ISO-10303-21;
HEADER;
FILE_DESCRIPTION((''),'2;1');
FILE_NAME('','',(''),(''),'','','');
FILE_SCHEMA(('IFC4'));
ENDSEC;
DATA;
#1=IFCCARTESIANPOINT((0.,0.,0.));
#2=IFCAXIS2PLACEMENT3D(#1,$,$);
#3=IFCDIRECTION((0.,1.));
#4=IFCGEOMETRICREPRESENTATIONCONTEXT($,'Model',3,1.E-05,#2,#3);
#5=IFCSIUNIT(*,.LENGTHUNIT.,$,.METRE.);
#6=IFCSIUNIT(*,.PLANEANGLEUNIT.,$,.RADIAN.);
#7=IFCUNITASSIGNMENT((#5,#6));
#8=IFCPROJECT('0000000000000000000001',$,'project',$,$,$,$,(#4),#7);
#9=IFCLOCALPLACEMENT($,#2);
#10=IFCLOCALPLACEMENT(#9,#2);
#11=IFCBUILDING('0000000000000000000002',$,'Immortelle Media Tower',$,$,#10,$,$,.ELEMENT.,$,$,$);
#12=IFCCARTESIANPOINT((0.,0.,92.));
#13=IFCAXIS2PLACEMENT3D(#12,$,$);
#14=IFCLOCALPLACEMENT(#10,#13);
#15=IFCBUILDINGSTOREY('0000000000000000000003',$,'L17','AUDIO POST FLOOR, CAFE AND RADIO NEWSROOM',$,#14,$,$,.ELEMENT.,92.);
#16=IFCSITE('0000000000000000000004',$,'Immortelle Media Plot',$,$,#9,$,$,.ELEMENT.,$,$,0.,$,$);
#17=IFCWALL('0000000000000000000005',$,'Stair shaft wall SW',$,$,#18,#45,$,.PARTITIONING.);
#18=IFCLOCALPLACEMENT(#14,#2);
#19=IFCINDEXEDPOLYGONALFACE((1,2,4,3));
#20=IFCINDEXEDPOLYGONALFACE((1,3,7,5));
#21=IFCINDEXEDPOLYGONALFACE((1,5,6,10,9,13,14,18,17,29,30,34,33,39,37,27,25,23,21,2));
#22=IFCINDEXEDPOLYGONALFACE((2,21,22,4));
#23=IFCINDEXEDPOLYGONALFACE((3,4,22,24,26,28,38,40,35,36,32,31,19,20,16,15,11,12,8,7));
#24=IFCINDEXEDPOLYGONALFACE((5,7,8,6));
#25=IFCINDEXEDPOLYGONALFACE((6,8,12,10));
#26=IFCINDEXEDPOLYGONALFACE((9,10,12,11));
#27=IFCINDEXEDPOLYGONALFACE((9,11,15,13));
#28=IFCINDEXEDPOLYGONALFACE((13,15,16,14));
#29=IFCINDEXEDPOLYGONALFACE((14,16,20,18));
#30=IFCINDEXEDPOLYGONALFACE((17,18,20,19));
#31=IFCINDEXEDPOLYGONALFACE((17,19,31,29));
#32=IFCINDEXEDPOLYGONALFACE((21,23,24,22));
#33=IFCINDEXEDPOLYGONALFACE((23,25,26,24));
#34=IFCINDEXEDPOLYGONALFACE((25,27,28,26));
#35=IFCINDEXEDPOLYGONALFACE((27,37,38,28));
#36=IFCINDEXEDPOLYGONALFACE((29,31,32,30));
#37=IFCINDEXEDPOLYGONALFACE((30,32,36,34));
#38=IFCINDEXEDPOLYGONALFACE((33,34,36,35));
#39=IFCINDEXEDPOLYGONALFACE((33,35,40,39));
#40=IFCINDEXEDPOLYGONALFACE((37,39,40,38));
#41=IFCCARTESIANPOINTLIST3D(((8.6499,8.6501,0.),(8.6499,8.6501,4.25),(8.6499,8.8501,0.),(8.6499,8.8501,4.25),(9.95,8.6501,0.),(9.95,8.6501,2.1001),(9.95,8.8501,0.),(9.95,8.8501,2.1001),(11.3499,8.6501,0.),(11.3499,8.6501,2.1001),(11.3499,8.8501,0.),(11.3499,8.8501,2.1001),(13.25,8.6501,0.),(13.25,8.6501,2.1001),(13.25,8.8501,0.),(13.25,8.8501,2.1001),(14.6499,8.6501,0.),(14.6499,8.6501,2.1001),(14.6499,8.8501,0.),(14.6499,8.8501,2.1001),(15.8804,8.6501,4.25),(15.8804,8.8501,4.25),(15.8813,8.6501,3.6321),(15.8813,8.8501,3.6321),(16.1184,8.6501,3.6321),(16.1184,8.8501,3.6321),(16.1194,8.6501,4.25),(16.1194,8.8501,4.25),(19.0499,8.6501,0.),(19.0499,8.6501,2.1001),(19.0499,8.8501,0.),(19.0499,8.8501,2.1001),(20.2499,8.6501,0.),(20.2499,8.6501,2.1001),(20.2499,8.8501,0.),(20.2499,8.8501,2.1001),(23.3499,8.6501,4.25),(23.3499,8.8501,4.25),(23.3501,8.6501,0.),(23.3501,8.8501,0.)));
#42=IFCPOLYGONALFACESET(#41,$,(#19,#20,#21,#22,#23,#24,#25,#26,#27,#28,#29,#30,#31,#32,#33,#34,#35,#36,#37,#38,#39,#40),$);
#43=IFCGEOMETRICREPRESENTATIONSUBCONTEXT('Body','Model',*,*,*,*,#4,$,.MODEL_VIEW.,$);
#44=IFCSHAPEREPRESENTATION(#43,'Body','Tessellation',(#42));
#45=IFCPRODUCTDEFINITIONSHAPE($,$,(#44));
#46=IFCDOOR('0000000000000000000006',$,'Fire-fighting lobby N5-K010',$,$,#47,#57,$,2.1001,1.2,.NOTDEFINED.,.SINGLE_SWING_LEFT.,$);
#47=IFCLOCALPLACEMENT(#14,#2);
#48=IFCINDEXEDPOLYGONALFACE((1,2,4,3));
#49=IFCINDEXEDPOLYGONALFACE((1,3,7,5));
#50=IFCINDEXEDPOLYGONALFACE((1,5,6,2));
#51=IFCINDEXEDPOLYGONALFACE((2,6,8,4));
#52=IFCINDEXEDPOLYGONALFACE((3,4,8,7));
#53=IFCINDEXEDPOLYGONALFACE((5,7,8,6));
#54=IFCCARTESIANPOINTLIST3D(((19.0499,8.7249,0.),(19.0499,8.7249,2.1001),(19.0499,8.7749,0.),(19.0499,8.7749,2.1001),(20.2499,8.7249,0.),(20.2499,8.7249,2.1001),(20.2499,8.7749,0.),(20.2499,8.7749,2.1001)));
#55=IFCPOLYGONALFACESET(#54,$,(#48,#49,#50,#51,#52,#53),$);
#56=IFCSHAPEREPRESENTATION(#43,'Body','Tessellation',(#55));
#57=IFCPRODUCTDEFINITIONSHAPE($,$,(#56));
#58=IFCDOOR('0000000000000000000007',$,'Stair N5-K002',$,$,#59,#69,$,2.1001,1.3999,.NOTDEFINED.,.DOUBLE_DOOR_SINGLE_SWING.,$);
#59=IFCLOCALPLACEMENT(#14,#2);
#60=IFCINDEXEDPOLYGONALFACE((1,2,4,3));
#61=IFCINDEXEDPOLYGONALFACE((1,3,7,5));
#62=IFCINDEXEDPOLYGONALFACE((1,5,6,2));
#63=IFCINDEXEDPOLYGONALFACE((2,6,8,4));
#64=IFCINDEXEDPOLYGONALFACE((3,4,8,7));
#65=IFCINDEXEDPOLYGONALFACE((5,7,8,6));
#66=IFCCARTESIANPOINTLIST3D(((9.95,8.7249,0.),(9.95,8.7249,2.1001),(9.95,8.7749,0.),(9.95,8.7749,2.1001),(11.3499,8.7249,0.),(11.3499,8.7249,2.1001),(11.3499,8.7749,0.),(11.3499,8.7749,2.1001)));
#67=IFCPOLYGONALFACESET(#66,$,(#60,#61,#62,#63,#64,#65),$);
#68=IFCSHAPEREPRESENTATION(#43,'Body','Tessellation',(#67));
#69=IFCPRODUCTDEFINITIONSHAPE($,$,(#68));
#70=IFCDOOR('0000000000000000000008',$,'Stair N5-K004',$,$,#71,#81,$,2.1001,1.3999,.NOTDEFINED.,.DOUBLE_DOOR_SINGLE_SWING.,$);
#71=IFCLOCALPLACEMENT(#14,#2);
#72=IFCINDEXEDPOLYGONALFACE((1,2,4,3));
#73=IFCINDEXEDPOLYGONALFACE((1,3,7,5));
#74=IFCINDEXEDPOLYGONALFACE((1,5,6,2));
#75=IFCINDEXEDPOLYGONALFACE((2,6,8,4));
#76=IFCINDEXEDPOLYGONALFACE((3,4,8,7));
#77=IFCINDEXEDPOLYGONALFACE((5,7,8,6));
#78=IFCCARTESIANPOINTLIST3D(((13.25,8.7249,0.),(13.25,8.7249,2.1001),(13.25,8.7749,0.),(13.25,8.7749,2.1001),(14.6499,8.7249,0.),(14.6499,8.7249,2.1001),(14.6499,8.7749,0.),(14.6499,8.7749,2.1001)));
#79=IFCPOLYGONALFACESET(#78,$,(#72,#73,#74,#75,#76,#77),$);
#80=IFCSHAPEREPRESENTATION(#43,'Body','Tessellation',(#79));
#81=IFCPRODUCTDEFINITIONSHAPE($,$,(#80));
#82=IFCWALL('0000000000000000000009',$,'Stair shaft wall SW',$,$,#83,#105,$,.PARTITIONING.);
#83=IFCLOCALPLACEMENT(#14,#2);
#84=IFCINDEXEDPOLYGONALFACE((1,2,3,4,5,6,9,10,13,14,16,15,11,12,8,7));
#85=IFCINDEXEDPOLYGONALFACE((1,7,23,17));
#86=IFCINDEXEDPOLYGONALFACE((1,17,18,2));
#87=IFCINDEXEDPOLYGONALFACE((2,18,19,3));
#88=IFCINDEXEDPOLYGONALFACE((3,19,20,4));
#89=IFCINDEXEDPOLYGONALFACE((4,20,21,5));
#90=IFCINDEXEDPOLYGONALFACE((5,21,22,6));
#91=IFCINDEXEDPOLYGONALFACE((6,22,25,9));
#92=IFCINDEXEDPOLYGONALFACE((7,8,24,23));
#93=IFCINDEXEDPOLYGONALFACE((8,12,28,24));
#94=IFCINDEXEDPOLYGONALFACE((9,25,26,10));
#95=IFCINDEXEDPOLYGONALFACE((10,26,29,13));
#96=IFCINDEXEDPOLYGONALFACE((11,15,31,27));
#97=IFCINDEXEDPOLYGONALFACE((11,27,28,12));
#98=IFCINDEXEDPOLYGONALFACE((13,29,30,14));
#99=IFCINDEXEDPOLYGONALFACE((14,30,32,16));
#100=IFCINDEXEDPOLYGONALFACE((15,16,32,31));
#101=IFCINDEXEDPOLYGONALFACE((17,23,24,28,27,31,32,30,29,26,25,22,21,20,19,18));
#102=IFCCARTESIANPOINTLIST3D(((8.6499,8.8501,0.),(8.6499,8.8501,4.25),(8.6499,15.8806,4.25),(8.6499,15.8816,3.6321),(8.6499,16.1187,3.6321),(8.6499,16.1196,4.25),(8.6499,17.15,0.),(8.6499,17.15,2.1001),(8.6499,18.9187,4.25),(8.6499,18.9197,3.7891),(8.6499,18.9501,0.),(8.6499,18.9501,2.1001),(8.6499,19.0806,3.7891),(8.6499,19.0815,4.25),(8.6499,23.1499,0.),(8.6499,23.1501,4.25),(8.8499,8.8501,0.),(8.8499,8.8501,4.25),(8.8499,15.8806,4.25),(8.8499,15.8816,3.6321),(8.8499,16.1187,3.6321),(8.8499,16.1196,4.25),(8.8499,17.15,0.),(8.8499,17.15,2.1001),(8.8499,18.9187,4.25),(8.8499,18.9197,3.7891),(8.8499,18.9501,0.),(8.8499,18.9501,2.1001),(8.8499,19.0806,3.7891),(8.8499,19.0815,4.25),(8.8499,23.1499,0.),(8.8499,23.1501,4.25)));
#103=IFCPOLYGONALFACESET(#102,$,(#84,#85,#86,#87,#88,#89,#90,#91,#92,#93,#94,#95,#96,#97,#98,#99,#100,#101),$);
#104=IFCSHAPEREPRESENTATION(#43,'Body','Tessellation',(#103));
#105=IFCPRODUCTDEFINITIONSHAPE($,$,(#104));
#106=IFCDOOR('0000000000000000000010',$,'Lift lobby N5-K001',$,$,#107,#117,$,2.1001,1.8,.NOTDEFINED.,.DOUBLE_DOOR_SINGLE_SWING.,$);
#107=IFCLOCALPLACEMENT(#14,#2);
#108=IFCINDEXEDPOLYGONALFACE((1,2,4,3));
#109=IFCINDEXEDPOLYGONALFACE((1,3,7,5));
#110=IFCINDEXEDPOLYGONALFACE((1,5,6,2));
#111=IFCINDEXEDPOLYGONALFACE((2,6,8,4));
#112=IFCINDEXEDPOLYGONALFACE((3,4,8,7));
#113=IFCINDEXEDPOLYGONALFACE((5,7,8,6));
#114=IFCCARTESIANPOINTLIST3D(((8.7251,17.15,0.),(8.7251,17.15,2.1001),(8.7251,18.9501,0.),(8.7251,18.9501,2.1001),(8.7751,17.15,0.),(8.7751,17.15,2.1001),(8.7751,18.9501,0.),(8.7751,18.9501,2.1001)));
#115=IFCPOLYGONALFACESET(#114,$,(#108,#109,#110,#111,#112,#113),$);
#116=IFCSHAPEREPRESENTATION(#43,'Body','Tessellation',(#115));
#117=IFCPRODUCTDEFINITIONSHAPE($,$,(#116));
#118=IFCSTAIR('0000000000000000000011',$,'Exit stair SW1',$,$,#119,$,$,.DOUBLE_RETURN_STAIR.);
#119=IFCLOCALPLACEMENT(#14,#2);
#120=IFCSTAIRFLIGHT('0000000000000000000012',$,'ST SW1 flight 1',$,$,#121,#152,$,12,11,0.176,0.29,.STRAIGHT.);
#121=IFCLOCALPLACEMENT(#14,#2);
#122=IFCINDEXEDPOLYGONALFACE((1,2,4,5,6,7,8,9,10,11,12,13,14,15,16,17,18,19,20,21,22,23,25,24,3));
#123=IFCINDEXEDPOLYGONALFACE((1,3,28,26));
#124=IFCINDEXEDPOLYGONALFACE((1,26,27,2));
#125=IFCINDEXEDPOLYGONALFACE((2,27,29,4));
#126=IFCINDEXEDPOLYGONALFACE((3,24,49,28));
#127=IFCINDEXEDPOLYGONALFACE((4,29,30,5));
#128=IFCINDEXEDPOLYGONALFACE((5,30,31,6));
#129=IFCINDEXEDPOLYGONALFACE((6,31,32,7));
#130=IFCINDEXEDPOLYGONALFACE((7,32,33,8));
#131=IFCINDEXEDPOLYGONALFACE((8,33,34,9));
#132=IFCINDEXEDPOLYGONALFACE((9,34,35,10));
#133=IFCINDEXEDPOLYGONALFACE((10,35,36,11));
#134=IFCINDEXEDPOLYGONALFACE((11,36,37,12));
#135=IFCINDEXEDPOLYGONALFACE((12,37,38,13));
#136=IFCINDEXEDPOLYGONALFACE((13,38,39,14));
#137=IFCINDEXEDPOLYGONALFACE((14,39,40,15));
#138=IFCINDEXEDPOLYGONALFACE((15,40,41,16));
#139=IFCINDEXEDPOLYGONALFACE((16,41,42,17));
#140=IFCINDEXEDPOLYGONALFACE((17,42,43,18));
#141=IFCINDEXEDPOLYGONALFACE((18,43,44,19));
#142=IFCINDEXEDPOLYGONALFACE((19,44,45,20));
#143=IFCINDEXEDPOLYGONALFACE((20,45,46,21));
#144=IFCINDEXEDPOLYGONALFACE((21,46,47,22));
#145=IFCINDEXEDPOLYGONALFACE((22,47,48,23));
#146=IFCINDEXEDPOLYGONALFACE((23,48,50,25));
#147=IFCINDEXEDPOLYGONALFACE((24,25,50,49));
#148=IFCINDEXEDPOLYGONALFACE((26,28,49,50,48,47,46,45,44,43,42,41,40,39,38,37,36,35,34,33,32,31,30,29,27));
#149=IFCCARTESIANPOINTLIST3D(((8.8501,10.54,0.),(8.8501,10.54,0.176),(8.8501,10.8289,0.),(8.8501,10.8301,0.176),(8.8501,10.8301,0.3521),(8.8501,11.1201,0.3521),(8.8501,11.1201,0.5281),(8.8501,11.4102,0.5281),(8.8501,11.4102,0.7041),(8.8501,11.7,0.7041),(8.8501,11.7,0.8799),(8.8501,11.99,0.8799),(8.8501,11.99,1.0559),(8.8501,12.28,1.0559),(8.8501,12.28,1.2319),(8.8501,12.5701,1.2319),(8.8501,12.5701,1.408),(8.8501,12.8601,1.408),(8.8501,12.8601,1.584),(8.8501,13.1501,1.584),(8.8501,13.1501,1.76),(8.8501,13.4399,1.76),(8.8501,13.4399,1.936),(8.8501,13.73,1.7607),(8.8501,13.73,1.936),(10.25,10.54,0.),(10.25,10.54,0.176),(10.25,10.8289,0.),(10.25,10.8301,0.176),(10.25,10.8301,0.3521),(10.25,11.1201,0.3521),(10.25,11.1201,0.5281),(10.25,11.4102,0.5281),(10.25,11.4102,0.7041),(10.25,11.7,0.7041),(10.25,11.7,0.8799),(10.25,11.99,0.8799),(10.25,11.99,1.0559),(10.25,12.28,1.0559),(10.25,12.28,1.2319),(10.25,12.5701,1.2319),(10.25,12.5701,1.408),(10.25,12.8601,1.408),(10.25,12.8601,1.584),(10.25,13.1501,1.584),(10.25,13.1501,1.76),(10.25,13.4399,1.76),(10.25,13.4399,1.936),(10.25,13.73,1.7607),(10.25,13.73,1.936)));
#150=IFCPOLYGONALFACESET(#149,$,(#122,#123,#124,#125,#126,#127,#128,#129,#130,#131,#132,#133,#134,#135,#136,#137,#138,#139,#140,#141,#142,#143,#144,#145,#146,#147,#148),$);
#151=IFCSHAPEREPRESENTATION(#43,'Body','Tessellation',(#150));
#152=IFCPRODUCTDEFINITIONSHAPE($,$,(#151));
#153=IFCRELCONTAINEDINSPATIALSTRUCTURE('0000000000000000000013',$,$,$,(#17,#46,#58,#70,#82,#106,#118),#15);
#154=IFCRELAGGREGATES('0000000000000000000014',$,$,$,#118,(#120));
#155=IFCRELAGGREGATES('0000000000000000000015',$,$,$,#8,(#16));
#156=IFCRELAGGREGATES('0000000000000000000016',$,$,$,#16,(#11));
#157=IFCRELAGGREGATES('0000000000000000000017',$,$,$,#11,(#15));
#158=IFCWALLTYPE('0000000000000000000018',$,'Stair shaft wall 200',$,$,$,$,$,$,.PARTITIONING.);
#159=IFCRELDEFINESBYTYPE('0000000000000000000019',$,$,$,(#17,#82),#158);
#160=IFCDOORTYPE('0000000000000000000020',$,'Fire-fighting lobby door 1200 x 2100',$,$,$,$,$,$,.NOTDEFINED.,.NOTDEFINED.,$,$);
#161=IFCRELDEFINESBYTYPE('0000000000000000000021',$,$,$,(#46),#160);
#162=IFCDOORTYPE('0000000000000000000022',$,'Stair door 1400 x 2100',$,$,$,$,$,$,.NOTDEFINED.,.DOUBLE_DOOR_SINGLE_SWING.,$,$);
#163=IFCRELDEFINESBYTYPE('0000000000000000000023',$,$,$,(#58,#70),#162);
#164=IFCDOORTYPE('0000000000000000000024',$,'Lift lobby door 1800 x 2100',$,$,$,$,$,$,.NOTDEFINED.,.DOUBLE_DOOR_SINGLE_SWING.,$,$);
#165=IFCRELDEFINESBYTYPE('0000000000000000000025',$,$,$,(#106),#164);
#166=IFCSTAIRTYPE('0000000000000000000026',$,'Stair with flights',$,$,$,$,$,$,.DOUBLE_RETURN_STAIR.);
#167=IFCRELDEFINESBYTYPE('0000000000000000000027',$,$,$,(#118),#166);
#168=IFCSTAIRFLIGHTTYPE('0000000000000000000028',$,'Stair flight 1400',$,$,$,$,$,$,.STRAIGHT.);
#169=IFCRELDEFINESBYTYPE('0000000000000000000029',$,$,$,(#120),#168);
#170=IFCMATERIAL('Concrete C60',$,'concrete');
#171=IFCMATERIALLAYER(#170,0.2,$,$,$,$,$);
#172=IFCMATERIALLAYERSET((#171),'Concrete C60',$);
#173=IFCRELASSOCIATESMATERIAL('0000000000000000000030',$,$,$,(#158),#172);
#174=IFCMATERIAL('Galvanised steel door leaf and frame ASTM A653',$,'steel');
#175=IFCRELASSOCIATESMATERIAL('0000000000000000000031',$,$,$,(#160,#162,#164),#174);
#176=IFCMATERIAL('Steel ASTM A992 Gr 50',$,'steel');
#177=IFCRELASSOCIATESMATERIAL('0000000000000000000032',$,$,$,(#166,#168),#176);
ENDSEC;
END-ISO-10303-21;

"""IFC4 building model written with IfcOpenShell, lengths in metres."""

from ifc_helpers import new_model, si_unit, direction, frame, frame_2d, origin, place, context, subcontext, project, spatial, polyline, rectangle, outline, extrude, material, layer, layer_set, type_object, element, fill, aggregate, save


model = new_model("IFC4")

# Units and contexts
model_context = context("Model", 3, precision=1e-05, world=origin(), true_north=direction((0.0, 1.0)))
body_context = subcontext(model_context, "Body", "Model", "MODEL_VIEW")
ifc_project = project(units=[si_unit("LENGTHUNIT", "METRE"), si_unit("PLANEANGLEUNIT", "RADIAN")], contexts=[model_context])

# Site, building, storey
site_placement = place(None, origin())
site = spatial("IfcSite", under=ifc_project, at=site_placement, Name="Immortelle Media Plot", CompositionType="ELEMENT", RefElevation=0.0)
building_placement = place(site_placement, origin())
building = spatial("IfcBuilding", under=site, at=building_placement, Name="Immortelle Media Tower", CompositionType="ELEMENT")
storey_placement = place(building_placement, frame((0.0, 0.0, 92.0)))
storey = spatial("IfcBuildingStorey", under=building, at=storey_placement, Name="L17", Description="AUDIO POST FLOOR, CAFE AND RADIO NEWSROOM", CompositionType="ELEMENT", Elevation=92.0)

# Shared definitions
ifc_material_1 = material(Name="Steel ASTM A992 Gr 50", Category="steel")

# Wall, openings, doors
ifc_material_2 = material(Name="Concrete C60", Category="concrete")
ifc_layer_1 = layer(ifc_material_2, 0.2)
ifc_layer_set_1 = layer_set([ifc_layer_1], Name="Concrete C60")
wall_type_1 = type_object("IfcWallType", Name="Stair shaft wall 200", PredefinedType="PARTITIONING", material=ifc_layer_set_1)
wall_1_placement = place(storey_placement, frame((8.6499, 8.75, 0.0), z_axis=(0.0, 0.0, 1.0), x_axis=(1.0, 0.0, 0.0)))
wall_1 = element("IfcWall", 1, at=wall_1_placement, inside=storey, type_object=wall_type_1, Name="Stair shaft wall SW", PredefinedType="PARTITIONING", context=body_context, shape_type="SweptSolid", body=[
    extrude(outline(polyline([(0.0, 0.0), (14.7002, 0.0), (14.7, 4.25), (7.4695, 4.25), (7.4685, 3.6321), (7.2314, 3.6321), (7.2305, 4.25), (0.0, 4.25), (0.0, 0.0)])), frame((0.0, 0.1001, 0.0), z_axis=(0.0, -1.0, 0.0), x_axis=(1.0, 0.0, 0.0)), (0.0, 0.0, 1.0), 0.2),
])
opening_1_placement = place(wall_1_placement, frame((1.3, 0.0, 0.0)))
opening_1 = element("IfcOpeningElement", 2, at=opening_1_placement, cuts=wall_1, PredefinedType="OPENING", context=body_context, shape_type="SweptSolid", body=[
    extrude(rectangle(XDim=1.3999, YDim=2.1001, at=frame_2d((0.7, 1.05))), frame((0.0, 0.1099, 0.0), z_axis=(0.0, -1.0, 0.0), x_axis=(1.0, 0.0, 0.0)), (0.0, 0.0, 1.0), 0.22),
])
opening_2_placement = place(wall_1_placement, frame((4.6001, 0.0, 0.0)))
opening_2 = element("IfcOpeningElement", 3, at=opening_2_placement, cuts=wall_1, PredefinedType="OPENING", context=body_context, shape_type="SweptSolid", body=[
    extrude(rectangle(XDim=1.3999, YDim=2.1001, at=frame_2d((0.7, 1.05))), frame((0.0, 0.1099, 0.0), z_axis=(0.0, -1.0, 0.0), x_axis=(1.0, 0.0, 0.0)), (0.0, 0.0, 1.0), 0.22),
])
opening_3_placement = place(wall_1_placement, frame((10.3999, 0.0, 0.0)))
opening_3 = element("IfcOpeningElement", 4, at=opening_3_placement, cuts=wall_1, PredefinedType="OPENING", context=body_context, shape_type="SweptSolid", body=[
    extrude(rectangle(XDim=1.2, YDim=2.1001, at=frame_2d((0.6001, 1.05))), frame((0.0, 0.1099, 0.0), z_axis=(0.0, -1.0, 0.0), x_axis=(1.0, 0.0, 0.0)), (0.0, 0.0, 1.0), 0.22),
])
ifc_material_3 = material(Name="Galvanised steel door leaf and frame ASTM A653", Category="steel")
door_type_1 = type_object("IfcDoorType", Name="Fire-fighting lobby door 1200 x 2100", OperationType="NOTDEFINED", PredefinedType="NOTDEFINED", material=ifc_material_3)
door_1_placement = place(opening_3_placement, origin())
door_1 = element("IfcDoor", 5, at=door_1_placement, inside=storey, type_object=door_type_1, Name="Fire-fighting lobby N5-K010", OperationType="SINGLE_SWING_LEFT", OverallHeight=2.1001, OverallWidth=1.2, PredefinedType="NOTDEFINED", context=body_context, shape_type="SweptSolid", body=[
    extrude(rectangle(XDim=1.2, YDim=2.1001, at=frame_2d((0.6001, 1.05))), frame((0.0, 0.0249, 0.0), z_axis=(0.0, -1.0, 0.0), x_axis=(1.0, 0.0, 0.0)), (0.0, 0.0, 1.0), 0.05),
])
fill(opening_3, door_1)
door_type_2 = type_object("IfcDoorType", Name="Stair door 1400 x 2100", OperationType="DOUBLE_DOOR_SINGLE_SWING", PredefinedType="NOTDEFINED", material=ifc_material_3)
door_2_placement = place(opening_1_placement, origin())
door_2 = element("IfcDoor", 6, at=door_2_placement, inside=storey, type_object=door_type_2, Name="Stair N5-K002", OperationType="DOUBLE_DOOR_SINGLE_SWING", OverallHeight=2.1001, OverallWidth=1.3999, PredefinedType="NOTDEFINED", context=body_context, shape_type="SweptSolid", body=[
    extrude(rectangle(XDim=1.3999, YDim=2.1001, at=frame_2d((0.7, 1.05))), frame((0.0, 0.0249, 0.0), z_axis=(0.0, -1.0, 0.0), x_axis=(1.0, 0.0, 0.0)), (0.0, 0.0, 1.0), 0.05),
])
fill(opening_1, door_2)
door_3_placement = place(opening_2_placement, origin())
door_3 = element("IfcDoor", 7, at=door_3_placement, inside=storey, type_object=door_type_2, Name="Stair N5-K004", OperationType="DOUBLE_DOOR_SINGLE_SWING", OverallHeight=2.1001, OverallWidth=1.3999, PredefinedType="NOTDEFINED", context=body_context, shape_type="SweptSolid", body=[
    extrude(rectangle(XDim=1.3999, YDim=2.1001, at=frame_2d((0.7, 1.05))), frame((0.0, 0.0249, 0.0), z_axis=(0.0, -1.0, 0.0), x_axis=(1.0, 0.0, 0.0)), (0.0, 0.0, 1.0), 0.05),
])
fill(opening_2, door_3)

# Wall, opening, door
wall_2_placement = place(storey_placement, frame((8.75, 8.8501, 0.0), z_axis=(0.0, 0.0, 1.0), x_axis=(0.0, 1.0, 0.0)))
wall_2 = element("IfcWall", 8, at=wall_2_placement, inside=storey, type_object=wall_type_1, Name="Stair shaft wall SW", PredefinedType="PARTITIONING", context=body_context, shape_type="SweptSolid", body=[
    extrude(outline(polyline([(0.0, 0.0), (14.2998, 0.0), (14.3, 4.25), (10.2314, 4.25), (10.2305, 3.7891), (10.0696, 3.7891), (10.0686, 4.25), (7.2695, 4.25), (7.2686, 3.6321), (7.0315, 3.6321), (7.0305, 4.25), (0.0, 4.25), (0.0, 0.0)])), frame((0.0, 0.1001, 0.0), z_axis=(0.0, -1.0, 0.0), x_axis=(1.0, 0.0, 0.0)), (0.0, 0.0, 1.0), 0.2),
])
opening_4_placement = place(wall_2_placement, frame((8.3, 0.0, 0.0)))
opening_4 = element("IfcOpeningElement", 9, at=opening_4_placement, cuts=wall_2, PredefinedType="OPENING", context=body_context, shape_type="SweptSolid", body=[
    extrude(rectangle(XDim=1.8, YDim=2.1001, at=frame_2d((0.8999, 1.05))), frame((0.0, 0.1099, 0.0), z_axis=(0.0, -1.0, 0.0), x_axis=(1.0, 0.0, 0.0)), (0.0, 0.0, 1.0), 0.22),
])
door_type_3 = type_object("IfcDoorType", Name="Lift lobby door 1800 x 2100", OperationType="DOUBLE_DOOR_SINGLE_SWING", PredefinedType="NOTDEFINED", material=ifc_material_3)
door_4_placement = place(opening_4_placement, origin())
door_4 = element("IfcDoor", 10, at=door_4_placement, inside=storey, type_object=door_type_3, Name="Lift lobby N5-K001", OperationType="DOUBLE_DOOR_SINGLE_SWING", OverallHeight=2.1001, OverallWidth=1.8, PredefinedType="NOTDEFINED", context=body_context, shape_type="SweptSolid", body=[
    extrude(rectangle(XDim=1.8, YDim=2.1001, at=frame_2d((0.8999, 1.05))), frame((0.0, 0.0249, 0.0), z_axis=(0.0, -1.0, 0.0), x_axis=(1.0, 0.0, 0.0)), (0.0, 0.0, 1.0), 0.05),
])
fill(opening_4, door_4)

# Stair, stair flight
stair_type = type_object("IfcStairType", Name="Stair with flights", PredefinedType="DOUBLE_RETURN_STAIR", material=ifc_material_1)
stair_placement = place(storey_placement, origin())
stair = element("IfcStair", 11, at=stair_placement, inside=storey, type_object=stair_type, Name="Exit stair SW1", PredefinedType="DOUBLE_RETURN_STAIR")
stair_flight_type = type_object("IfcStairFlightType", Name="Stair flight 1400", PredefinedType="STRAIGHT", material=ifc_material_1)
stair_flight_placement = place(storey_placement, frame((9.55, 10.54, 0.0), z_axis=(0.0, 0.0, 1.0), x_axis=(0.0, 1.0, 0.0)))
stair_flight = element("IfcStairFlight", 12, at=stair_flight_placement, type_object=stair_flight_type, Name="ST SW1 flight 1", NumberOfRisers=12, NumberOfTreads=11, PredefinedType="STRAIGHT", RiserHeight=0.176, TreadLength=0.29, context=body_context, shape_type="SweptSolid", body=[
    extrude(outline(polyline([(0.0, 0.0), (0.0, 0.176), (0.29, 0.176), (0.29, 0.3521), (0.5801, 0.3521), (0.5801, 0.5281), (0.8701, 0.5281), (0.8701, 0.7041), (1.1599, 0.7041), (1.1599, 0.8799), (1.45, 0.8799), (1.45, 1.0559), (1.74, 1.0559), (1.74, 1.2319), (2.03, 1.2319), (2.03, 1.408), (2.3201, 1.408), (2.3201, 1.584), (2.6101, 1.584), (2.6101, 1.76), (2.8999, 1.76), (2.8999, 1.936), (3.1899, 1.936), (3.1899, 2.1121), (3.1899, 1.7607), (0.2888, 0.0), (0.0, 0.0)])), frame((0.0, 0.7, 0.0), z_axis=(0.0, -1.0, 0.0), x_axis=(1.0, 0.0, 0.0)), (0.0, 0.0, 1.0), 1.3999),
])
aggregate(stair, [stair_flight])

save(model, "model.ifc")
